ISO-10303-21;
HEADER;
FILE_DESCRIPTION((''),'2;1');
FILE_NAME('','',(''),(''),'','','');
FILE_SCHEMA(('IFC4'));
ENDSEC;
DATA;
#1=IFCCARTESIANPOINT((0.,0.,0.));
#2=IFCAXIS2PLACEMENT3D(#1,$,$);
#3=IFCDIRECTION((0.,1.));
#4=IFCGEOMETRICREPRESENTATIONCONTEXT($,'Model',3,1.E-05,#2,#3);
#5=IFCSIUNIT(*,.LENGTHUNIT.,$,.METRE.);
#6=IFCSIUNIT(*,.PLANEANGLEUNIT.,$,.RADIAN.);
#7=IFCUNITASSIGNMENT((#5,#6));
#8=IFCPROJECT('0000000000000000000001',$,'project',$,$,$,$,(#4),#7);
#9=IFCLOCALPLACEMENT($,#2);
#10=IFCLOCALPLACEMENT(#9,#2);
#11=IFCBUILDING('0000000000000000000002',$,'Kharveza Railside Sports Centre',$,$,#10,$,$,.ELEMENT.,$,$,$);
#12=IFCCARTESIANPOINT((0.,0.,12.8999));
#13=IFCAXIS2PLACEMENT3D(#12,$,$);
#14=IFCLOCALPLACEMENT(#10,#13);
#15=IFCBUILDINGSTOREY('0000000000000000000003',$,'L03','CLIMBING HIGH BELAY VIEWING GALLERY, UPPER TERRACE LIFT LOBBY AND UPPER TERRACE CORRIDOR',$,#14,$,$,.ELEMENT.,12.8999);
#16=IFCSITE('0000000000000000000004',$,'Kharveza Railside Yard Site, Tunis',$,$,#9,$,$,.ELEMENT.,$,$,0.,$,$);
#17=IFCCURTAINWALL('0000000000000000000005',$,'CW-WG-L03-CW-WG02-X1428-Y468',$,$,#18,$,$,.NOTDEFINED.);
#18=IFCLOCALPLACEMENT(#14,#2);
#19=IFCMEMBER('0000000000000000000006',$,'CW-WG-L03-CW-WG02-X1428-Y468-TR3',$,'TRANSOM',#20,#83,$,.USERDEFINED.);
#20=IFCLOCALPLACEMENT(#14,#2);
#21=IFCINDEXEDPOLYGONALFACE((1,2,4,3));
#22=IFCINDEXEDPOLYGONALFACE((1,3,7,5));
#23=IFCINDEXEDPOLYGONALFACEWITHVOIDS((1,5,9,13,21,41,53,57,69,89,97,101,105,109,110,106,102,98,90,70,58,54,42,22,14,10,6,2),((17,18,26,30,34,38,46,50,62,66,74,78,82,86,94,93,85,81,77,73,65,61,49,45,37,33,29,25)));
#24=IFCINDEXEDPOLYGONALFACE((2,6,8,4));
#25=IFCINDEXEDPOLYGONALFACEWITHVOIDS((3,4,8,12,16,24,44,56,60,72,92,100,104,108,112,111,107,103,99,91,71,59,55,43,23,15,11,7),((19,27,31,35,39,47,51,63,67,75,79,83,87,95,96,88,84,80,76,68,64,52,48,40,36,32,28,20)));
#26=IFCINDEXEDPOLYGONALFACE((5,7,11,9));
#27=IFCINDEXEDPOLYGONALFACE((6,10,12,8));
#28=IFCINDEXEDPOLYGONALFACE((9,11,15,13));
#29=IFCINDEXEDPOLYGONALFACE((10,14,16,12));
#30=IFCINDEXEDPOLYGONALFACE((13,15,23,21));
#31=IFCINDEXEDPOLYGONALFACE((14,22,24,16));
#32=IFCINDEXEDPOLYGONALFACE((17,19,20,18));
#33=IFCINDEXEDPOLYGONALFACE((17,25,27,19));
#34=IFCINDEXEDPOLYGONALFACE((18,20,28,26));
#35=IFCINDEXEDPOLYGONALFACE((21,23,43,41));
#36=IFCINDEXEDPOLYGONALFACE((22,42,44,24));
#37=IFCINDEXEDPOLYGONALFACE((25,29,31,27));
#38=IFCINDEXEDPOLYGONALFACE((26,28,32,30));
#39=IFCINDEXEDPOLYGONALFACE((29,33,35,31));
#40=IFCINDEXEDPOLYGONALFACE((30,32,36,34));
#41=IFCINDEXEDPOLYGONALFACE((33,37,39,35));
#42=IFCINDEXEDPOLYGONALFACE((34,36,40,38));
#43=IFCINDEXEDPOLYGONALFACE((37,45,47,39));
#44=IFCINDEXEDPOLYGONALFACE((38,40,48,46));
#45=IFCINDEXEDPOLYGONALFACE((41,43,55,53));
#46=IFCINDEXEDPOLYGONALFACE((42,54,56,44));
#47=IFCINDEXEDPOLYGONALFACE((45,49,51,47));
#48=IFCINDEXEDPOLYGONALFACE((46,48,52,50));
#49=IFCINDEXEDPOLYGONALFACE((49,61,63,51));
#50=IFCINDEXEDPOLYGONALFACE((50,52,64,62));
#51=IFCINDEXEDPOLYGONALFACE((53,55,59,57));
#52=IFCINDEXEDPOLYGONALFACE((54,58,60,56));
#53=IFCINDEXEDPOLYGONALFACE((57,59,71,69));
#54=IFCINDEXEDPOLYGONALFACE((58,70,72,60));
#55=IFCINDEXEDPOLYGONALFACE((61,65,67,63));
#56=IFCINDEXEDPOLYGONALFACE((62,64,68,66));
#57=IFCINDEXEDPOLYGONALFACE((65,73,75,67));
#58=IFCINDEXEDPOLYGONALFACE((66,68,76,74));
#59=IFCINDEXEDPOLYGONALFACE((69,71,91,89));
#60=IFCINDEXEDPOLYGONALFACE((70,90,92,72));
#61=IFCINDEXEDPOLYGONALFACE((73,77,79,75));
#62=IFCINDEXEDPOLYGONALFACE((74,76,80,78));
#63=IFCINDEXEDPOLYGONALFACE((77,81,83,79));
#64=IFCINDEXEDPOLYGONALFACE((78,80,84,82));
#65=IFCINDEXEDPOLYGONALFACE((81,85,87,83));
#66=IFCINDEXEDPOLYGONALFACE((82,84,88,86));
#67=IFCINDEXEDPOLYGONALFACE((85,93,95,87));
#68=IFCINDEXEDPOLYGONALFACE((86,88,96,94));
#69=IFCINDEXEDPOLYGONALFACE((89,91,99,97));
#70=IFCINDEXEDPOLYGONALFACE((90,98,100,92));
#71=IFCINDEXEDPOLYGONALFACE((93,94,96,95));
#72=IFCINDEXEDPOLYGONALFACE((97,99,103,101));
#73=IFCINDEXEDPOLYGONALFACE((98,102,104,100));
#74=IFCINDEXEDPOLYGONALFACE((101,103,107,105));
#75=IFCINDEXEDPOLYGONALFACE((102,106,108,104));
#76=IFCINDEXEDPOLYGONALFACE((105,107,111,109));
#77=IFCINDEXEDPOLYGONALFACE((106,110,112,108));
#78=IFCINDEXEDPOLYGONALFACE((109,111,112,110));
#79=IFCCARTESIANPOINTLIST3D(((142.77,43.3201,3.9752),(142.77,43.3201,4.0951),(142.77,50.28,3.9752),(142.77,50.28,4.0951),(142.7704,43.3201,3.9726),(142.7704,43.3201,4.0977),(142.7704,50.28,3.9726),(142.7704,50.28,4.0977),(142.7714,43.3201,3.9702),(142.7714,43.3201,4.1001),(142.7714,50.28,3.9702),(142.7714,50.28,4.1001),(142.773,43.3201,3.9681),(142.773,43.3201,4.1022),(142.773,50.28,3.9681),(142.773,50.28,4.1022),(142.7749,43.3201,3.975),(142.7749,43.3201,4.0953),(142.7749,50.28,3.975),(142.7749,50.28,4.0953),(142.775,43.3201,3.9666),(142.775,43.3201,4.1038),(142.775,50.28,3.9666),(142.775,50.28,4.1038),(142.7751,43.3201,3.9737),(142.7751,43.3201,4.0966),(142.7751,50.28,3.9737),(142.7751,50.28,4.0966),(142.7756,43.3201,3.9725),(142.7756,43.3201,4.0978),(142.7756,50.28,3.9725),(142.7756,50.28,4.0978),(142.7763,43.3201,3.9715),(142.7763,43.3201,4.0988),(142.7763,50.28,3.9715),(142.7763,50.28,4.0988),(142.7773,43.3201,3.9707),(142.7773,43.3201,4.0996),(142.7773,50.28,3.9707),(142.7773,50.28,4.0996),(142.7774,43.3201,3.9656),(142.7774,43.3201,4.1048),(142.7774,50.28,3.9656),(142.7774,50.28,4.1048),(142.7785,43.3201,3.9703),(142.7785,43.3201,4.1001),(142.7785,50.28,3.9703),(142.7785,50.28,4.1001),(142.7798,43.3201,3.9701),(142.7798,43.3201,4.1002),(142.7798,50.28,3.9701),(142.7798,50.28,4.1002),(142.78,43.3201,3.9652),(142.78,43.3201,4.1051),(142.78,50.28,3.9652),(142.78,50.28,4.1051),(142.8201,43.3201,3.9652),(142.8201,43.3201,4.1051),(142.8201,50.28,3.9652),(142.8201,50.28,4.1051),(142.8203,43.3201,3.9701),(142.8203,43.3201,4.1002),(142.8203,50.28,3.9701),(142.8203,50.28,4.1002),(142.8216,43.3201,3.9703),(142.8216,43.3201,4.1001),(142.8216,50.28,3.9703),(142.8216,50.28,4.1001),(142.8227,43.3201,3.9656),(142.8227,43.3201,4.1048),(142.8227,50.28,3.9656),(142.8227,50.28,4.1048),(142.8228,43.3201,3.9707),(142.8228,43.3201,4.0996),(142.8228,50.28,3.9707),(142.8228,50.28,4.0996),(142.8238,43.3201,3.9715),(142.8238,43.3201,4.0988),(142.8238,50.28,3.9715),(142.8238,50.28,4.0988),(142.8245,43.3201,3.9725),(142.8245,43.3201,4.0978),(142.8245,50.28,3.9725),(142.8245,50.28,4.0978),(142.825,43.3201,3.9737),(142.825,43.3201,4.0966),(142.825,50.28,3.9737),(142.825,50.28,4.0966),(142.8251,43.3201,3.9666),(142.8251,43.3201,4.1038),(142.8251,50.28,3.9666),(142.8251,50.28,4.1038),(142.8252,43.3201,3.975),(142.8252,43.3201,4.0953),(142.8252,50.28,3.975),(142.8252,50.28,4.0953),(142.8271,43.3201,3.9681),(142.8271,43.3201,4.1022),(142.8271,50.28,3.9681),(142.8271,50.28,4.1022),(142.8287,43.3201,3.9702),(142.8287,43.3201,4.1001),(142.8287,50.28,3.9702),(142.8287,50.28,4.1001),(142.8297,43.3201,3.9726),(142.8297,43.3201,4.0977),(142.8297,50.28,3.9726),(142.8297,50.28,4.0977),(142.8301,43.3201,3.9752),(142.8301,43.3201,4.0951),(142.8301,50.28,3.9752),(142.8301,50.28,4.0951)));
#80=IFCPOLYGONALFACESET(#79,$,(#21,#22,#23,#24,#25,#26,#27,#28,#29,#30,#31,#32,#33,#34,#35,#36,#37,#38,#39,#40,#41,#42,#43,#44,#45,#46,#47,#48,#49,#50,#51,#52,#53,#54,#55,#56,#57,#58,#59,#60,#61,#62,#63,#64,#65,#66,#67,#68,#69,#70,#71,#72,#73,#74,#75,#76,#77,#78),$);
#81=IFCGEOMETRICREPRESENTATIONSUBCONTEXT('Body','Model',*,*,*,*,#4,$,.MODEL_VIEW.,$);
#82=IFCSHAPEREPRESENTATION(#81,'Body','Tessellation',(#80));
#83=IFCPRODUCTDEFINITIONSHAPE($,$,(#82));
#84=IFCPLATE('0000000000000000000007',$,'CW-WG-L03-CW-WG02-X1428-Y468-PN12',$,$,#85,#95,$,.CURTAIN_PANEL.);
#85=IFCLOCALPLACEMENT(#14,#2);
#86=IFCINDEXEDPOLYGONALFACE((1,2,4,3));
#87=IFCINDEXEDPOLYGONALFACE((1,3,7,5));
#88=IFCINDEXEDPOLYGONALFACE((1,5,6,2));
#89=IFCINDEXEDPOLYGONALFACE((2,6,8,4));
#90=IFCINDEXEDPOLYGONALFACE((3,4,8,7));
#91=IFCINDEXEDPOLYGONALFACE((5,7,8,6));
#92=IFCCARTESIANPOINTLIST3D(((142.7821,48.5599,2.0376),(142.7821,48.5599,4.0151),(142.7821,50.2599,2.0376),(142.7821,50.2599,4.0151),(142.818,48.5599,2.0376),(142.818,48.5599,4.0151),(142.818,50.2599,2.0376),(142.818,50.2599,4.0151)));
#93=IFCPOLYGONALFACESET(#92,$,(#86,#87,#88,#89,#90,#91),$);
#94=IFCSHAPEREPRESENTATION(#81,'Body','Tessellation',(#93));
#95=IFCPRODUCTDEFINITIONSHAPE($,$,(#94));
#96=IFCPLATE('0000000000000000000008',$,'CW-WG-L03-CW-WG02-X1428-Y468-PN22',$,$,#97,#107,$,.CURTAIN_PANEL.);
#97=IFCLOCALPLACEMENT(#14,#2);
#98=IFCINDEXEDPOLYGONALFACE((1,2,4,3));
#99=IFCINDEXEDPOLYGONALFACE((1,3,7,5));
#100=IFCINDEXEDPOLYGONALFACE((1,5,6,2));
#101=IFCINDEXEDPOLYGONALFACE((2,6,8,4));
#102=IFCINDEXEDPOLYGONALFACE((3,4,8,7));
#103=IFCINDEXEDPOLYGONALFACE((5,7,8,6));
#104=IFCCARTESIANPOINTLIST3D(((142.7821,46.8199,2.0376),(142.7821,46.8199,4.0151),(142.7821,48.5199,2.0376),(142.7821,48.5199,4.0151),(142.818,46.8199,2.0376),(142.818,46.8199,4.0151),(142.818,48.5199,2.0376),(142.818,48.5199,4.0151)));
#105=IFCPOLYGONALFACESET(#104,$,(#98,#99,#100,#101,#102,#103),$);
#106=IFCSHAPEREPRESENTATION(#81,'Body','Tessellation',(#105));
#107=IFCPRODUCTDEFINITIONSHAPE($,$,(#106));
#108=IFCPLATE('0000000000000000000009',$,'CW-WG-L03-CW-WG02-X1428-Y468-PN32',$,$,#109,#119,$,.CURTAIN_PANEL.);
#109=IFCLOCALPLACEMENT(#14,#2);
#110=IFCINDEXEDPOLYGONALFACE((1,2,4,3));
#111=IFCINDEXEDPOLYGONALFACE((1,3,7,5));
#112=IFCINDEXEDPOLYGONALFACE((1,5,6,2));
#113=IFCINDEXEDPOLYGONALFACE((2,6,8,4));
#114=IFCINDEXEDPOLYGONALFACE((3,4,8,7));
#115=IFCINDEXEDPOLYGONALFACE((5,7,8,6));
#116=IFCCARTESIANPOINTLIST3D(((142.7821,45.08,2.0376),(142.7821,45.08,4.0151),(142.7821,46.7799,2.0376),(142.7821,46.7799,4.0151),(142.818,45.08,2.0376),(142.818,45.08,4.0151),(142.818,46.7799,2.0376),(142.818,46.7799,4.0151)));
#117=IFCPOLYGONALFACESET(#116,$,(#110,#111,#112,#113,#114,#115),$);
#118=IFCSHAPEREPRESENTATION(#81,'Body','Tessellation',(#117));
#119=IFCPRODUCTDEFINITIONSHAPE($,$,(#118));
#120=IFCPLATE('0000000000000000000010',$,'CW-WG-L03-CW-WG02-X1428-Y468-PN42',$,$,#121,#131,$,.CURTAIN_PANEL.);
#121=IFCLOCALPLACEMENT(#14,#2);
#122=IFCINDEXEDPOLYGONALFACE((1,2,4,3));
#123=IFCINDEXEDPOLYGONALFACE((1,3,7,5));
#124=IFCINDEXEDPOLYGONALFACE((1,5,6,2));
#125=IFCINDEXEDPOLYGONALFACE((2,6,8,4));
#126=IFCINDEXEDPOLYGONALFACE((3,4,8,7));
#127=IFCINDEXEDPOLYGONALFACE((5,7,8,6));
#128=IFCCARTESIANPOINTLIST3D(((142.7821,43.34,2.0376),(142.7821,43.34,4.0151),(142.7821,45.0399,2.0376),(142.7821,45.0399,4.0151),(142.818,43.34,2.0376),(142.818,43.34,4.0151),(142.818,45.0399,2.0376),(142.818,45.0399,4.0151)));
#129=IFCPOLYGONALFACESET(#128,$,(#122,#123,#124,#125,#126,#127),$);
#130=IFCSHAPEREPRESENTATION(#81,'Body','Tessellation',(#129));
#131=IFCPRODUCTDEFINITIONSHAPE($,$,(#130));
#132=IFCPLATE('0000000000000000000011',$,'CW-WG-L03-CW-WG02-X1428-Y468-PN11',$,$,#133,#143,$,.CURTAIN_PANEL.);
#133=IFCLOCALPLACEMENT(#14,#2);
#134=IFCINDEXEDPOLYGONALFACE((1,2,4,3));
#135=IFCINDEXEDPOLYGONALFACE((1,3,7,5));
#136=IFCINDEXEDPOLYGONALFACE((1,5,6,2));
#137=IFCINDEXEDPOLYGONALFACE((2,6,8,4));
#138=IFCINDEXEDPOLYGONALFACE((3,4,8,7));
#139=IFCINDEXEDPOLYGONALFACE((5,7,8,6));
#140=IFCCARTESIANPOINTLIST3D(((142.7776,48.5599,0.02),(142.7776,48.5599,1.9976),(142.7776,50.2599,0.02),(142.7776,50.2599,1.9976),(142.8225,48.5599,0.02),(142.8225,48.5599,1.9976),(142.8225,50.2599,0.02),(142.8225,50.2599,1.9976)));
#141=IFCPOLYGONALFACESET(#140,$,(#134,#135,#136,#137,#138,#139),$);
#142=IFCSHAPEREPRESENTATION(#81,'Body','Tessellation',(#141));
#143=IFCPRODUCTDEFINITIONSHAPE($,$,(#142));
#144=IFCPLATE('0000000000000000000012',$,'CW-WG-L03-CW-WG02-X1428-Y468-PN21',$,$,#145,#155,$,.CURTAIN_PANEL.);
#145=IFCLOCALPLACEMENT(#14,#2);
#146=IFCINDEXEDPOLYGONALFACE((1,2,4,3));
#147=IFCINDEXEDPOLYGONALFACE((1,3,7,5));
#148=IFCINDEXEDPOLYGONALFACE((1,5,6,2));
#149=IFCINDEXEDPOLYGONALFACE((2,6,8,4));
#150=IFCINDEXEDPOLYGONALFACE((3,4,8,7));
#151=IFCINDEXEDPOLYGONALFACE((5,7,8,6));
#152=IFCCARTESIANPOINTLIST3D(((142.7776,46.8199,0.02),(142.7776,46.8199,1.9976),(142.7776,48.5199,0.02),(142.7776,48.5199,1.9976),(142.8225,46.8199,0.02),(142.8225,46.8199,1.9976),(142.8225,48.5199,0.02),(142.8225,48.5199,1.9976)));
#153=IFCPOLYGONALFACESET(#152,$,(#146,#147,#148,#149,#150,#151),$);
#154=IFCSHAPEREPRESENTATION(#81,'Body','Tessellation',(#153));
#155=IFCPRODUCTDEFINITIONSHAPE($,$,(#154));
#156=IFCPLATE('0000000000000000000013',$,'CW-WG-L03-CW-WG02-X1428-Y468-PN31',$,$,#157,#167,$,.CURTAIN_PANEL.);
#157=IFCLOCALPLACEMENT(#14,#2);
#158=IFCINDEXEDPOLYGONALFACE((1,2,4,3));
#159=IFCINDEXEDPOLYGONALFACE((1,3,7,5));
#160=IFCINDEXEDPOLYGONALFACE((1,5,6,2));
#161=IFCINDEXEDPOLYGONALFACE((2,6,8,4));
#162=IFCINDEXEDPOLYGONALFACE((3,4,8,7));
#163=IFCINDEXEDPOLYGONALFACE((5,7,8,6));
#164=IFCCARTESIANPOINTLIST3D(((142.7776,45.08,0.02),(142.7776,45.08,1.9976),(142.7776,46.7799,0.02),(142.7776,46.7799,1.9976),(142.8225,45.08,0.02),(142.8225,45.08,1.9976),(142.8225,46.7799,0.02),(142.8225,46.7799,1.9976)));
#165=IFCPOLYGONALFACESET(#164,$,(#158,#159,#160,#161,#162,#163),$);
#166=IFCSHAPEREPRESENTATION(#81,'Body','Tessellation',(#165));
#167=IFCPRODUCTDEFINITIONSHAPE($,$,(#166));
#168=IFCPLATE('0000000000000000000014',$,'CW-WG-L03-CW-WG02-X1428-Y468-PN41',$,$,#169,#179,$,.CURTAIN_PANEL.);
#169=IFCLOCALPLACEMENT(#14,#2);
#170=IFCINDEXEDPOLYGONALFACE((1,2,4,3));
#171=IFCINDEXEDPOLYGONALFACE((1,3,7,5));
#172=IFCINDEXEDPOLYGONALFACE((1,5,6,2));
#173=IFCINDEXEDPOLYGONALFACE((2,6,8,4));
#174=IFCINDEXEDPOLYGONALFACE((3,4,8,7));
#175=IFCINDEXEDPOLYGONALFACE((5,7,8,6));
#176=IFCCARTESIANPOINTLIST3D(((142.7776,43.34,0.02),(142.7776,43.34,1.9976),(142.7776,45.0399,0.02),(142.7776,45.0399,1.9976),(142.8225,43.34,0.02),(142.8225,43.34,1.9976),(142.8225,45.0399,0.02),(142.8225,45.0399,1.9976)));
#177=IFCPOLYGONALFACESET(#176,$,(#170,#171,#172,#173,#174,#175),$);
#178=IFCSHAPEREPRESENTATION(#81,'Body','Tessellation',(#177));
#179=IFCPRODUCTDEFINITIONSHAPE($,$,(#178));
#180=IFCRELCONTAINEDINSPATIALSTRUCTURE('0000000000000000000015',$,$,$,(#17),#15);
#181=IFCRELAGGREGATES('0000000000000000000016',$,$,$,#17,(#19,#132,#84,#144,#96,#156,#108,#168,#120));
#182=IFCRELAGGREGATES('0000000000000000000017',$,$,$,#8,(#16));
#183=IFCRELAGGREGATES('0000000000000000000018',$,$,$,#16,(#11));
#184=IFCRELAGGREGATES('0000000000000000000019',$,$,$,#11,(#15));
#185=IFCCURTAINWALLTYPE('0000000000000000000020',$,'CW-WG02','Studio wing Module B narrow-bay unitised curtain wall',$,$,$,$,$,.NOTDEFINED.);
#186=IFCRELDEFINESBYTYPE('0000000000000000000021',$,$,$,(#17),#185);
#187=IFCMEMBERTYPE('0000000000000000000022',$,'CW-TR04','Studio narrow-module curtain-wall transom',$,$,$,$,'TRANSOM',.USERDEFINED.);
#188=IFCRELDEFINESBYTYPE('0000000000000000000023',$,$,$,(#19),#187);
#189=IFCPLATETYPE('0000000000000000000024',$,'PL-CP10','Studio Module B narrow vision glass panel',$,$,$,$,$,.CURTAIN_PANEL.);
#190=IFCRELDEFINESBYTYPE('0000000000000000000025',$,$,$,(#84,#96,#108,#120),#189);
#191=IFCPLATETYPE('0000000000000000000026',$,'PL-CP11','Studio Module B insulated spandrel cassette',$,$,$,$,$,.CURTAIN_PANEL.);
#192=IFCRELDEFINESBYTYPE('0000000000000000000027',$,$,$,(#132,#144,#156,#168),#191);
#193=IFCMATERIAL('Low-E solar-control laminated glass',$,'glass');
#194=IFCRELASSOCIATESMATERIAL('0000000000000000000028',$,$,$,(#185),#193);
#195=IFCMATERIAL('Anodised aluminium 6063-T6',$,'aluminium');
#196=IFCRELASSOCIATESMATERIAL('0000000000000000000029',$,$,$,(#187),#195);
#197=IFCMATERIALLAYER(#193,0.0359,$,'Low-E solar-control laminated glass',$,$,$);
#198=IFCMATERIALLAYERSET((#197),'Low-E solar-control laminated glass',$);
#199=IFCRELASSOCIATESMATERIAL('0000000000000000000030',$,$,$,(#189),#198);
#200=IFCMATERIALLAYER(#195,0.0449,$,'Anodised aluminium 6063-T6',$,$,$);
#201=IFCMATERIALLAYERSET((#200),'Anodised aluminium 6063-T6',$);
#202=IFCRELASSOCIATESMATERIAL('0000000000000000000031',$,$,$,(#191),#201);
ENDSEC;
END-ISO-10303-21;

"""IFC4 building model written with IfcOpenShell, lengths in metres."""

from ifc_helpers import new_model, si_unit, direction, frame, origin, origin_2d, place, context, subcontext, project, spatial, rectangle, hollow_rectangle, extrude, material, layer, layer_set, material_profile, profile_set, type_object, element, aggregate, save


model = new_model("IFC4")

# Units and contexts
model_context = context("Model", 3, precision=1e-05, world=origin(), true_north=direction((0.0, 1.0)))
body_context = subcontext(model_context, "Body", "Model", "MODEL_VIEW")
ifc_project = project(units=[si_unit("LENGTHUNIT", "METRE"), si_unit("PLANEANGLEUNIT", "RADIAN")], contexts=[model_context])

# Site, building, storey
site_placement = place(None, origin())
site = spatial("IfcSite", under=ifc_project, at=site_placement, Name="Kharveza Railside Yard Site, Tunis", CompositionType="ELEMENT", RefElevation=0.0)
building_placement = place(site_placement, origin())
building = spatial("IfcBuilding", under=site, at=building_placement, Name="Kharveza Railside Sports Centre", CompositionType="ELEMENT")
storey_placement = place(building_placement, frame((0.0, 0.0, 12.8999)))
storey = spatial("IfcBuildingStorey", under=building, at=storey_placement, Name="L03", Description="CLIMBING HIGH BELAY VIEWING GALLERY, UPPER TERRACE LIFT LOBBY AND UPPER TERRACE CORRIDOR", CompositionType="ELEMENT", Elevation=12.8999)

# Curtain wall, member, plates
ifc_material_1 = material(Name="Low-E solar-control laminated glass", Category="glass")
curtain_wall_type = type_object("IfcCurtainWallType", Name="CW-WG02", Description="Studio wing Module B narrow-bay unitised curtain wall", PredefinedType="NOTDEFINED", material=ifc_material_1)
curtain_wall_placement = place(storey_placement, origin())
curtain_wall = element("IfcCurtainWall", 1, at=curtain_wall_placement, inside=storey, type_object=curtain_wall_type, Name="CW-WG-L03-CW-WG02-X1428-Y468", PredefinedType="NOTDEFINED")
ifc_material_2 = material(Name="Anodised aluminium 6063-T6", Category="aluminium")
ifc_material_profile_1 = material_profile(ifc_material_2, hollow_rectangle(XDim=0.0601, YDim=0.1399, WallThickness=0.0049, InnerFilletRadius=0.0049, OuterFilletRadius=0.01, at=origin_2d()), Name="RHS 60x140x5.0")
ifc_profile_set_1 = profile_set([ifc_material_profile_1], Name="Anodised aluminium 6063-T6")
member_type_1 = type_object("IfcMemberType", Name="CW-TR04", Description="Studio narrow-module curtain-wall transom", ElementType="TRANSOM", PredefinedType="USERDEFINED", material=ifc_profile_set_1)
member_1_placement = place(storey_placement, frame((142.8, 50.28, 4.0352), z_axis=(0.0, -1.0, 0.0), x_axis=(1.0, 0.0, 0.0)))
member_1 = element("IfcMember", 2, at=member_1_placement, type_object=member_type_1, Name="CW-WG-L03-CW-WG02-X1428-Y468-TR3", ObjectType="TRANSOM", PredefinedType="USERDEFINED", context=body_context, shape_type="SweptSolid", body=[
    extrude(hollow_rectangle(XDim=0.0601, YDim=0.1399, WallThickness=0.0049, InnerFilletRadius=0.0049, OuterFilletRadius=0.01, at=origin_2d()), origin(), (0.0, 0.0, 1.0), 6.96),
])
ifc_layer_1 = layer(ifc_material_1, 0.0359, Name="Low-E solar-control laminated glass")
ifc_layer_set_1 = layer_set([ifc_layer_1], Name="Low-E solar-control laminated glass")
plate_type_1 = type_object("IfcPlateType", Name="PL-CP10", Description="Studio Module B narrow vision glass panel", PredefinedType="CURTAIN_PANEL", material=ifc_layer_set_1)
plate_1_placement = place(storey_placement, frame((142.8, 49.4099, 2.0376), z_axis=(0.0, 0.0, 1.0), x_axis=(0.0, -1.0, 0.0)))
plate_1 = element("IfcPlate", 3, at=plate_1_placement, type_object=plate_type_1, Name="CW-WG-L03-CW-WG02-X1428-Y468-PN12", PredefinedType="CURTAIN_PANEL", context=body_context, shape_type="SweptSolid", body=[
    extrude(rectangle(XDim=1.7, YDim=0.0359, at=origin_2d()), origin(), (0.0, 0.0, 1.0), 1.9775),
])
plate_2_placement = place(storey_placement, frame((142.8, 47.6699, 2.0376), z_axis=(0.0, 0.0, 1.0), x_axis=(0.0, -1.0, 0.0)))
plate_2 = element("IfcPlate", 4, at=plate_2_placement, type_object=plate_type_1, Name="CW-WG-L03-CW-WG02-X1428-Y468-PN22", PredefinedType="CURTAIN_PANEL", context=body_context, shape_type="SweptSolid", body=[
    extrude(rectangle(XDim=1.7, YDim=0.0359, at=origin_2d()), origin(), (0.0, 0.0, 1.0), 1.9775),
])
plate_3_placement = place(storey_placement, frame((142.8, 45.9299, 2.0376), z_axis=(0.0, 0.0, 1.0), x_axis=(0.0, -1.0, 0.0)))
plate_3 = element("IfcPlate", 5, at=plate_3_placement, type_object=plate_type_1, Name="CW-WG-L03-CW-WG02-X1428-Y468-PN32", PredefinedType="CURTAIN_PANEL", context=body_context, shape_type="SweptSolid", body=[
    extrude(rectangle(XDim=1.7, YDim=0.0359, at=origin_2d()), origin(), (0.0, 0.0, 1.0), 1.9775),
])
plate_4_placement = place(storey_placement, frame((142.8, 44.1899, 2.0376), z_axis=(0.0, 0.0, 1.0), x_axis=(0.0, -1.0, 0.0)))
plate_4 = element("IfcPlate", 6, at=plate_4_placement, type_object=plate_type_1, Name="CW-WG-L03-CW-WG02-X1428-Y468-PN42", PredefinedType="CURTAIN_PANEL", context=body_context, shape_type="SweptSolid", body=[
    extrude(rectangle(XDim=1.7, YDim=0.0359, at=origin_2d()), origin(), (0.0, 0.0, 1.0), 1.9775),
])
ifc_layer_2 = layer(ifc_material_2, 0.0449, Name="Anodised aluminium 6063-T6")
ifc_layer_set_2 = layer_set([ifc_layer_2], Name="Anodised aluminium 6063-T6")
plate_type_2 = type_object("IfcPlateType", Name="PL-CP11", Description="Studio Module B insulated spandrel cassette", PredefinedType="CURTAIN_PANEL", material=ifc_layer_set_2)
plate_5_placement = place(storey_placement, frame((142.8, 49.4099, 0.02), z_axis=(0.0, 0.0, 1.0), x_axis=(0.0, -1.0, 0.0)))
plate_5 = element("IfcPlate", 7, at=plate_5_placement, type_object=plate_type_2, Name="CW-WG-L03-CW-WG02-X1428-Y468-PN11", PredefinedType="CURTAIN_PANEL", context=body_context, shape_type="SweptSolid", body=[
    extrude(rectangle(XDim=1.7, YDim=0.0449, at=origin_2d()), origin(), (0.0, 0.0, 1.0), 1.9775),
])
plate_6_placement = place(storey_placement, frame((142.8, 47.6699, 0.02), z_axis=(0.0, 0.0, 1.0), x_axis=(0.0, -1.0, 0.0)))
plate_6 = element("IfcPlate", 8, at=plate_6_placement, type_object=plate_type_2, Name="CW-WG-L03-CW-WG02-X1428-Y468-PN21", PredefinedType="CURTAIN_PANEL", context=body_context, shape_type="SweptSolid", body=[
    extrude(rectangle(XDim=1.7, YDim=0.0449, at=origin_2d()), origin(), (0.0, 0.0, 1.0), 1.9775),
])
plate_7_placement = place(storey_placement, frame((142.8, 45.9299, 0.02), z_axis=(0.0, 0.0, 1.0), x_axis=(0.0, -1.0, 0.0)))
plate_7 = element("IfcPlate", 9, at=plate_7_placement, type_object=plate_type_2, Name="CW-WG-L03-CW-WG02-X1428-Y468-PN31", PredefinedType="CURTAIN_PANEL", context=body_context, shape_type="SweptSolid", body=[
    extrude(rectangle(XDim=1.7, YDim=0.0449, at=origin_2d()), origin(), (0.0, 0.0, 1.0), 1.9775),
])
plate_8_placement = place(storey_placement, frame((142.8, 44.1899, 0.02), z_axis=(0.0, 0.0, 1.0), x_axis=(0.0, -1.0, 0.0)))
plate_8 = element("IfcPlate", 10, at=plate_8_placement, type_object=plate_type_2, Name="CW-WG-L03-CW-WG02-X1428-Y468-PN41", PredefinedType="CURTAIN_PANEL", context=body_context, shape_type="SweptSolid", body=[
    extrude(rectangle(XDim=1.7, YDim=0.0449, at=origin_2d()), origin(), (0.0, 0.0, 1.0), 1.9775),
])
aggregate(curtain_wall, [member_1, plate_5, plate_1, plate_6, plate_2, plate_7, plate_3, plate_8, plate_4])

save(model, "model.ifc")
